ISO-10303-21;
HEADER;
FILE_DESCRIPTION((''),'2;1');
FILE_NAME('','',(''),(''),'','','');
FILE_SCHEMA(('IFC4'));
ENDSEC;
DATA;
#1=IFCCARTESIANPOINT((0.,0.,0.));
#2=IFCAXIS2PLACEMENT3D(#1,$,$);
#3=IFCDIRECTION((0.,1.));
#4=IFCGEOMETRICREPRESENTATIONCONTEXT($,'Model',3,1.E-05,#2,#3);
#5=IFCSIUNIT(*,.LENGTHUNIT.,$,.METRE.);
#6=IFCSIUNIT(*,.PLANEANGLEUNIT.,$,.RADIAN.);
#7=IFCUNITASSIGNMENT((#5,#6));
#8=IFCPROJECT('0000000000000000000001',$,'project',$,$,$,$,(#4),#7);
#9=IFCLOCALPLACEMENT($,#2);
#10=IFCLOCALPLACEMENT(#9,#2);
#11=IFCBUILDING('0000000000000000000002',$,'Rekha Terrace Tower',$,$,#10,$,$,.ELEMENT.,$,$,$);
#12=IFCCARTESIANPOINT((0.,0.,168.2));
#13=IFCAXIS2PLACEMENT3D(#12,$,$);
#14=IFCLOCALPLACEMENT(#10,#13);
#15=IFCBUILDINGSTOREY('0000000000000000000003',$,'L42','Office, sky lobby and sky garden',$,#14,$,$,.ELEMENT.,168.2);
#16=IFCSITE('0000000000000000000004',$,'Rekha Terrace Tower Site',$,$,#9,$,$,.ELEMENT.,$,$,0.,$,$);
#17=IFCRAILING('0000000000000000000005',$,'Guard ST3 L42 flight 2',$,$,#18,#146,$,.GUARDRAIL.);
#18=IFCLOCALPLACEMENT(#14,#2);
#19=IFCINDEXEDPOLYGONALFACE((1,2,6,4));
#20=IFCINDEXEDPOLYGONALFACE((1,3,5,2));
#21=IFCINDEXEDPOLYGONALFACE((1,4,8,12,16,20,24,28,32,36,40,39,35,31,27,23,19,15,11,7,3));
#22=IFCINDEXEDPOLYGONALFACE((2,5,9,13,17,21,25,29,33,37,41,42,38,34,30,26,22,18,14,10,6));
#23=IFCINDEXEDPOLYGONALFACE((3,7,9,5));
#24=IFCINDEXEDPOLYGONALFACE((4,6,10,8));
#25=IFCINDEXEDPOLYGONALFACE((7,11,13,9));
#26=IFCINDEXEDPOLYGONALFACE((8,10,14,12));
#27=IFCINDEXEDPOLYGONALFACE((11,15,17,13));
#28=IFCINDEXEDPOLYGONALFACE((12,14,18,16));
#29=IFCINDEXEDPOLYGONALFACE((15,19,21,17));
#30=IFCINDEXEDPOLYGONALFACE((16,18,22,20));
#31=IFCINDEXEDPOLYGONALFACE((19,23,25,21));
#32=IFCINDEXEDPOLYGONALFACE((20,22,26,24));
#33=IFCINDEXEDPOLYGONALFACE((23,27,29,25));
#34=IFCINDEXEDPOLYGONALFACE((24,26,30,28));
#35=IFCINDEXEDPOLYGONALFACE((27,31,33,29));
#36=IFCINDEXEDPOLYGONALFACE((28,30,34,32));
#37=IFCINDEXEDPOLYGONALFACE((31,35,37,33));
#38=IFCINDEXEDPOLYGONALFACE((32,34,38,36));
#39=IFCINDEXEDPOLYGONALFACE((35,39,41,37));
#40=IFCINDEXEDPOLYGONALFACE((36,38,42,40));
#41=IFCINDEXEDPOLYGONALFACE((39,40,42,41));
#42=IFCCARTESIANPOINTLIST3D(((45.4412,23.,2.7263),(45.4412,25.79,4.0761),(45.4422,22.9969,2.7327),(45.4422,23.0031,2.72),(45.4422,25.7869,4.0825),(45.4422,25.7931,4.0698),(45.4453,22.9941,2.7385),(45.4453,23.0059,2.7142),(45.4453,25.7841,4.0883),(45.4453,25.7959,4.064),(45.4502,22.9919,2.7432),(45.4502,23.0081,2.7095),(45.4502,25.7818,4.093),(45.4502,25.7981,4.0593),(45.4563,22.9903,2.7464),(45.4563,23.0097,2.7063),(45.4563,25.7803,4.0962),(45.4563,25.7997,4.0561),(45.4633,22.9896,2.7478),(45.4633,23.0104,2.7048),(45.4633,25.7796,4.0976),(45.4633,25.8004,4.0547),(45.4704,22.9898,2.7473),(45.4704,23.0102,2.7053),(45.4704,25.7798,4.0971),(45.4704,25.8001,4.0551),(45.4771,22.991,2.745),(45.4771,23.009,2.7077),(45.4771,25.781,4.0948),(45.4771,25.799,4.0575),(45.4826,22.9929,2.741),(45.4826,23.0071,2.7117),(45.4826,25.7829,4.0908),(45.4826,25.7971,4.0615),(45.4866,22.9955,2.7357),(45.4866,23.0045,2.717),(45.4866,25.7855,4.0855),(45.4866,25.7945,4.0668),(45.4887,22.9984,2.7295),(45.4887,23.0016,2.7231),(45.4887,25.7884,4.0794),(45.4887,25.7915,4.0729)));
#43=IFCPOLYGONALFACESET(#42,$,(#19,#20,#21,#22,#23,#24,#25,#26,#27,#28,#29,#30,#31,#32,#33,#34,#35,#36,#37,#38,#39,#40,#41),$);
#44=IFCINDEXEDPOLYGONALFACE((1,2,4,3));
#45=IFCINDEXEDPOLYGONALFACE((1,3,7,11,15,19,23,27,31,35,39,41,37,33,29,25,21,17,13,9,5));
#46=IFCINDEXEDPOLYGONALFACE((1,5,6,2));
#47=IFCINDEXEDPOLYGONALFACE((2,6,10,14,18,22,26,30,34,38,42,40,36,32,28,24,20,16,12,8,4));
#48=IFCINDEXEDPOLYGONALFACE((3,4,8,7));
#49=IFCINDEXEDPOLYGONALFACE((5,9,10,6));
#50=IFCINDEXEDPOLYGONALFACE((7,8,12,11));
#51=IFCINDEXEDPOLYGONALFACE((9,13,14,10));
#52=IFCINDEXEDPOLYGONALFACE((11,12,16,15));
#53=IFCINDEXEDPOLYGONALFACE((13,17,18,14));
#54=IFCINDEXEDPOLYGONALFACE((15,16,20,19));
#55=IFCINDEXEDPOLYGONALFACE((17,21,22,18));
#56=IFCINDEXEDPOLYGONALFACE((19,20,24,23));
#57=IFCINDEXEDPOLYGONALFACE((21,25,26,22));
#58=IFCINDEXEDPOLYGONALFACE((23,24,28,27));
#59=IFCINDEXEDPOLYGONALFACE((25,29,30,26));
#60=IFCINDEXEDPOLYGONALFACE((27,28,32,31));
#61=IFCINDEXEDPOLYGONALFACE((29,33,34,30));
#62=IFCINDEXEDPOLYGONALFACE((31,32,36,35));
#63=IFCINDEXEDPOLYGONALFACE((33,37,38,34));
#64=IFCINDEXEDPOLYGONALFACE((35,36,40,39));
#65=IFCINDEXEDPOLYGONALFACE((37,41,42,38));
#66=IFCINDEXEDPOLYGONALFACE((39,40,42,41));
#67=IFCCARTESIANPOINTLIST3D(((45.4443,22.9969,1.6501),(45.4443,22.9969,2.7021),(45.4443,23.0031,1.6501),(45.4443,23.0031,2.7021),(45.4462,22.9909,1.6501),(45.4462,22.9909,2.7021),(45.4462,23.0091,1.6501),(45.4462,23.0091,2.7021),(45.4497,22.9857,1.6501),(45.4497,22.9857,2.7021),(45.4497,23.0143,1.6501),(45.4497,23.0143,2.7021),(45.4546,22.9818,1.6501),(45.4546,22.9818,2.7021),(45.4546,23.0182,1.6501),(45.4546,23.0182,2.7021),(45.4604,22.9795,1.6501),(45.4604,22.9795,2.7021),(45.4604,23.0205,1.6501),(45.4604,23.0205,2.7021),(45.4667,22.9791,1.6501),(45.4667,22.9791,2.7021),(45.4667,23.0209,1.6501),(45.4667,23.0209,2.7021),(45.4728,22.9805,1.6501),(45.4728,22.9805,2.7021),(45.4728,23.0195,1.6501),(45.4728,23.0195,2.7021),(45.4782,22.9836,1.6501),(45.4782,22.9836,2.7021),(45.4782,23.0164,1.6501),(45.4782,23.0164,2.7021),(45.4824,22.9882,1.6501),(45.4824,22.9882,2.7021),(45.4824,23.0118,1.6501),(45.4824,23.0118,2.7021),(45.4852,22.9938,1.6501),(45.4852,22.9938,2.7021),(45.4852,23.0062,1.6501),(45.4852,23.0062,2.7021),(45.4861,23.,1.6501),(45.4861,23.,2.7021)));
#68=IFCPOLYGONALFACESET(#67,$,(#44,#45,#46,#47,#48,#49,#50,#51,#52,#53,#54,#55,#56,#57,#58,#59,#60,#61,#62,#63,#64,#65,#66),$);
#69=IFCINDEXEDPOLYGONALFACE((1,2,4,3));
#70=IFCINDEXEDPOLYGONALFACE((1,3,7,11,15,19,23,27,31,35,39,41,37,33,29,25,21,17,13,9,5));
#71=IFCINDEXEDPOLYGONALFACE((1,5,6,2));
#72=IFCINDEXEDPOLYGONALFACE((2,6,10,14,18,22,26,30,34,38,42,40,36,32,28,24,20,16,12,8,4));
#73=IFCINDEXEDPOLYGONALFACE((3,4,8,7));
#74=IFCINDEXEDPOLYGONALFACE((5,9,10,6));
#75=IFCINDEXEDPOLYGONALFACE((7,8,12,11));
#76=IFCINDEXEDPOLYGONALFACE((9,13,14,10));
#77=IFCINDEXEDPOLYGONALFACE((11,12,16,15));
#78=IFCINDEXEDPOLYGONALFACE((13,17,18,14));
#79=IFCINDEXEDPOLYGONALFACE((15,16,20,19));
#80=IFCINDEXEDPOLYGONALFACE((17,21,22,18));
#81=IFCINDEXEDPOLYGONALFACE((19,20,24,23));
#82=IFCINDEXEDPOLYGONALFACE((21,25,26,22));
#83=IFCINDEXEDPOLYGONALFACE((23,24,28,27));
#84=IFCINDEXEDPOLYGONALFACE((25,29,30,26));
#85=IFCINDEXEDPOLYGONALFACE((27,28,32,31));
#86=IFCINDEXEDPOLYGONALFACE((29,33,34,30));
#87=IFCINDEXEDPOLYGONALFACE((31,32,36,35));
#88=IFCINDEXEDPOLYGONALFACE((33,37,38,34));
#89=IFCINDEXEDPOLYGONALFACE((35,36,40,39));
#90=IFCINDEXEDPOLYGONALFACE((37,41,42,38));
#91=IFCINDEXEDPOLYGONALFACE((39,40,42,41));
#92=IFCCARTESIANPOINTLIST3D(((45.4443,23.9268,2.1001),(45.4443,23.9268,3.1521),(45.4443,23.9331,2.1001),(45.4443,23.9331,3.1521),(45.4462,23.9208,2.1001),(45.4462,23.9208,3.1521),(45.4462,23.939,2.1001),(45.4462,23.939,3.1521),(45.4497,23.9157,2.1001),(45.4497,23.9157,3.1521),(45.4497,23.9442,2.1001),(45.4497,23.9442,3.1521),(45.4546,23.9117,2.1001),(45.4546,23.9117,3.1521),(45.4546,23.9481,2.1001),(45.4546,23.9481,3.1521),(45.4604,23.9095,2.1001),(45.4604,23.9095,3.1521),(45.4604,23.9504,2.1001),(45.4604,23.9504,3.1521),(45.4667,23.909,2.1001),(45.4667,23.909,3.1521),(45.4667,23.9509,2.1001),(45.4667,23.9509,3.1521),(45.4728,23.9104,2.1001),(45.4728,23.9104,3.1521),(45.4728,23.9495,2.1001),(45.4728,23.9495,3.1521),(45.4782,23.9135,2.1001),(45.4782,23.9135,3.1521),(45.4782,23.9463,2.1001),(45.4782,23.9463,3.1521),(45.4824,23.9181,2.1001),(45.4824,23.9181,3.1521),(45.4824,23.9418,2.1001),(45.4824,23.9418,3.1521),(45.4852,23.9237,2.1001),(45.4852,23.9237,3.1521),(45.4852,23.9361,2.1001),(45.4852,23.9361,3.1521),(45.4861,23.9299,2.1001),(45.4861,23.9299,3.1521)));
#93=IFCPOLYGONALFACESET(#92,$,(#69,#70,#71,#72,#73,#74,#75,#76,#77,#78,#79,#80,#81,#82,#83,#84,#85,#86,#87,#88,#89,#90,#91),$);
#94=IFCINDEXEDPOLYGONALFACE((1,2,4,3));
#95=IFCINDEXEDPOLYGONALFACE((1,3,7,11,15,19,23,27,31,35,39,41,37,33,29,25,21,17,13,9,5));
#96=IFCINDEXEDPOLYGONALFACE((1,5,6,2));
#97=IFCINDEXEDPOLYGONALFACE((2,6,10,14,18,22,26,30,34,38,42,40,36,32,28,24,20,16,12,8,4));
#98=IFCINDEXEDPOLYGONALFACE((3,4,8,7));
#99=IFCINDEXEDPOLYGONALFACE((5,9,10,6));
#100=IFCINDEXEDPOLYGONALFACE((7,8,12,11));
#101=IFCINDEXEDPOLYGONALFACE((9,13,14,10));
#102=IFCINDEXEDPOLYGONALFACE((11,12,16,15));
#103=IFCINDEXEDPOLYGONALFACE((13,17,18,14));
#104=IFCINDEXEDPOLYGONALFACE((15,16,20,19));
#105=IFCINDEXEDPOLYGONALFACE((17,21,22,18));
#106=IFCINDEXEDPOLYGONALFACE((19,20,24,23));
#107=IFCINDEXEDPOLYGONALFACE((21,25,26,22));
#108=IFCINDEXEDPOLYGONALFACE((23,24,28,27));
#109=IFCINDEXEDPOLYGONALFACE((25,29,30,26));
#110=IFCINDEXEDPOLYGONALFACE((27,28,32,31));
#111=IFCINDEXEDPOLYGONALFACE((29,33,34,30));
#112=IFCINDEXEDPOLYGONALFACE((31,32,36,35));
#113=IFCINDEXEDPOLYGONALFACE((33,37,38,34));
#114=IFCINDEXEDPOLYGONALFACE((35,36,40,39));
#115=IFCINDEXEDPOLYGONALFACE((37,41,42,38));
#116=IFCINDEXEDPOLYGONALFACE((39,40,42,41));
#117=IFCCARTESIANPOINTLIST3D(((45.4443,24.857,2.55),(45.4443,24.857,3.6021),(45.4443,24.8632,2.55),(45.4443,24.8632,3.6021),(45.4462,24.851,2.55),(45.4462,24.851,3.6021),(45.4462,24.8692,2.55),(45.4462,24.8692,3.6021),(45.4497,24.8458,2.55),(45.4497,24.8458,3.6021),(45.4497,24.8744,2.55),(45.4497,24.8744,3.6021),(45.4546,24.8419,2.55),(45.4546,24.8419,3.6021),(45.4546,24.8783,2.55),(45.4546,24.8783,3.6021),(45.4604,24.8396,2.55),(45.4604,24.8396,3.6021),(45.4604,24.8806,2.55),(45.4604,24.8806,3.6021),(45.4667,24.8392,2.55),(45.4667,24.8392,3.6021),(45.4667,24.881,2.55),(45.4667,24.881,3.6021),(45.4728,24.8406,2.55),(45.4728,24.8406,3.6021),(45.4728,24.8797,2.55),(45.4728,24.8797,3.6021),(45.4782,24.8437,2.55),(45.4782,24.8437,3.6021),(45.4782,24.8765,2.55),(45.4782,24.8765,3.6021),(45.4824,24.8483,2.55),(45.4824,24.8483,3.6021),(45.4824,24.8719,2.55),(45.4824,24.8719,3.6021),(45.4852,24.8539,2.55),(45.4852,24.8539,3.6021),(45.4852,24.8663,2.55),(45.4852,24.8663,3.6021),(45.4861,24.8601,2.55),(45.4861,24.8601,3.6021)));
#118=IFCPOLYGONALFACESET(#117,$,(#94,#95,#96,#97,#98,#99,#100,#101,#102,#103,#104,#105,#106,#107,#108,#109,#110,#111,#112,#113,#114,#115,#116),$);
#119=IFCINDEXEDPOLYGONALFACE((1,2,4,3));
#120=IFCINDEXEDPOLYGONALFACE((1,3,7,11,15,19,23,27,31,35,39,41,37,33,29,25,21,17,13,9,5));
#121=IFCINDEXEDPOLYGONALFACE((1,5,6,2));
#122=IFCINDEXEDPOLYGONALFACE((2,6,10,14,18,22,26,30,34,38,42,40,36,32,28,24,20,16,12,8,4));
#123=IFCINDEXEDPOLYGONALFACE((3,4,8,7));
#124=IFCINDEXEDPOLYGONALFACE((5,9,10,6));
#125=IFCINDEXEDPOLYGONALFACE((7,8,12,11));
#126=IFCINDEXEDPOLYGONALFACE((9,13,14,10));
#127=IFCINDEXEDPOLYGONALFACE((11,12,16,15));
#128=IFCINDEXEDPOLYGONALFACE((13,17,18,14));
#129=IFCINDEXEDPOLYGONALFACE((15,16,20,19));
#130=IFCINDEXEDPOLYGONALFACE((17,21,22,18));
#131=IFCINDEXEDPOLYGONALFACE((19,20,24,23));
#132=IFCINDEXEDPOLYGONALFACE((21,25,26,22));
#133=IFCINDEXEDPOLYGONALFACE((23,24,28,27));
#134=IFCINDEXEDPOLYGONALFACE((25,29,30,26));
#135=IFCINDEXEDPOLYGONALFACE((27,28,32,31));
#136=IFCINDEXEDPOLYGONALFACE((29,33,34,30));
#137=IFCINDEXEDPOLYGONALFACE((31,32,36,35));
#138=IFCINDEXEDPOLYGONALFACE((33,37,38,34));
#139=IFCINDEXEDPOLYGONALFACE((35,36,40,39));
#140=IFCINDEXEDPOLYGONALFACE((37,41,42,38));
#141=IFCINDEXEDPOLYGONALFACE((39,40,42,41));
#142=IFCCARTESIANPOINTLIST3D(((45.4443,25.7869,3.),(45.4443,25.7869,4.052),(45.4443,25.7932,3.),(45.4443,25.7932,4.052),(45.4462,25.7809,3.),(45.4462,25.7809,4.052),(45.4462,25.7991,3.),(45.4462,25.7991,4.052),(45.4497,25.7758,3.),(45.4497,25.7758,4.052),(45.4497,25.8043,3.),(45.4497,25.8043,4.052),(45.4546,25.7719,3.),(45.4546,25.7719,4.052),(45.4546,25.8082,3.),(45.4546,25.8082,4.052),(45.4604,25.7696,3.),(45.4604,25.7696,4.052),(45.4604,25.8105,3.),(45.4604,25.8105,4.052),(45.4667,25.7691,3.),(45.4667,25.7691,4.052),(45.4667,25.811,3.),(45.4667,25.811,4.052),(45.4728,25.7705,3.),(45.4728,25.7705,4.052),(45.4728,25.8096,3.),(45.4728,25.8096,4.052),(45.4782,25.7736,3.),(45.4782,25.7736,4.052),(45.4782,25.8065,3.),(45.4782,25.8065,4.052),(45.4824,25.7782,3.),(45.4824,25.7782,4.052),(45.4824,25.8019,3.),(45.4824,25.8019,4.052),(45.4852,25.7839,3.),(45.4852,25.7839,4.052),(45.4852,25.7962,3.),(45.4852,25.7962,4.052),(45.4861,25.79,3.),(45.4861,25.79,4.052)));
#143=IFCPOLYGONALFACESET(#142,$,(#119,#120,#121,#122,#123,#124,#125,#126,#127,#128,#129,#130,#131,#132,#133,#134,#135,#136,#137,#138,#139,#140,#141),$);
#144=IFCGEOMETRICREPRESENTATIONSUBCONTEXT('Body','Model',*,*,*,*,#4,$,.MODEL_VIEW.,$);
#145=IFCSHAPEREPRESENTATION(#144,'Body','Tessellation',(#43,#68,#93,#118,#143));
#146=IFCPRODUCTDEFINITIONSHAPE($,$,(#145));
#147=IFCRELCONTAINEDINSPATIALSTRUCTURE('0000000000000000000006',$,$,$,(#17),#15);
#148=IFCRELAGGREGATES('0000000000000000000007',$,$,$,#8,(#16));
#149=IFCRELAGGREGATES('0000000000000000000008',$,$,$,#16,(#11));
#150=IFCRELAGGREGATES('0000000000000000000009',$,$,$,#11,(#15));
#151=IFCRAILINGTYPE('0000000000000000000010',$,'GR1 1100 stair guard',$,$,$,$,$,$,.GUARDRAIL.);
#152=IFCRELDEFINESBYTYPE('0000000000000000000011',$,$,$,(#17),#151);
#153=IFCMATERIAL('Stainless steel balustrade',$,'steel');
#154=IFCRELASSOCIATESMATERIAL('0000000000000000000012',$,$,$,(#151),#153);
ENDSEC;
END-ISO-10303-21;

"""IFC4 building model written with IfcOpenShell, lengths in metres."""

from ifc_helpers import new_model, si_unit, direction, frame, origin, origin_2d, place, context, subcontext, project, spatial, circle, extrude, material, type_object, element, save


model = new_model("IFC4")

# Units and contexts
model_context = context("Model", 3, precision=1e-05, world=origin(), true_north=direction((0.0, 1.0)))
body_context = subcontext(model_context, "Body", "Model", "MODEL_VIEW")
ifc_project = project(units=[si_unit("LENGTHUNIT", "METRE"), si_unit("PLANEANGLEUNIT", "RADIAN")], contexts=[model_context])

# Site, building, storey
site_placement = place(None, origin())
site = spatial("IfcSite", under=ifc_project, at=site_placement, Name="Rekha Terrace Tower Site", CompositionType="ELEMENT", RefElevation=0.0)
building_placement = place(site_placement, origin())
building = spatial("IfcBuilding", under=site, at=building_placement, Name="Rekha Terrace Tower", CompositionType="ELEMENT")
storey_placement = place(building_placement, frame((0.0, 0.0, 168.2)))
storey = spatial("IfcBuildingStorey", under=building, at=storey_placement, Name="L42", Description="Office, sky lobby and sky garden", CompositionType="ELEMENT", Elevation=168.2)

# Railing
ifc_material_1 = material(Name="Stainless steel balustrade", Category="steel")
railing_type_1 = type_object("IfcRailingType", Name="GR1 1100 stair guard", PredefinedType="GUARDRAIL", material=ifc_material_1)
railing_1_placement = place(storey_placement, frame((45.4651, 23.0, 1.6501)))
element("IfcRailing", 1, at=railing_1_placement, inside=storey, type_object=railing_type_1, Name="Guard ST3 L42 flight 2", PredefinedType="GUARDRAIL", context=body_context, shape_type="SweptSolid", body=[
    extrude(circle(Radius=0.0239, at=origin_2d()), frame((0.0, 0.0, 1.0762), z_axis=(0.0, 0.90018, 0.435518), x_axis=(-1.0, 0.0, 0.0)), (0.0, 0.0, 1.0), 3.0994),
    extrude(circle(Radius=0.021, at=origin_2d()), origin(), (0.0, 0.0, 1.0), 1.052),
    extrude(circle(Radius=0.021, at=origin_2d()), frame((0.0, 0.9299, 0.45)), (0.0, 0.0, 1.0), 1.052),
    extrude(circle(Radius=0.021, at=origin_2d()), frame((0.0, 1.8601, 0.8999)), (0.0, 0.0, 1.0), 1.052),
    extrude(circle(Radius=0.021, at=origin_2d()), frame((0.0, 2.79, 1.3499)), (0.0, 0.0, 1.0), 1.052),
])

save(model, "model.ifc")
